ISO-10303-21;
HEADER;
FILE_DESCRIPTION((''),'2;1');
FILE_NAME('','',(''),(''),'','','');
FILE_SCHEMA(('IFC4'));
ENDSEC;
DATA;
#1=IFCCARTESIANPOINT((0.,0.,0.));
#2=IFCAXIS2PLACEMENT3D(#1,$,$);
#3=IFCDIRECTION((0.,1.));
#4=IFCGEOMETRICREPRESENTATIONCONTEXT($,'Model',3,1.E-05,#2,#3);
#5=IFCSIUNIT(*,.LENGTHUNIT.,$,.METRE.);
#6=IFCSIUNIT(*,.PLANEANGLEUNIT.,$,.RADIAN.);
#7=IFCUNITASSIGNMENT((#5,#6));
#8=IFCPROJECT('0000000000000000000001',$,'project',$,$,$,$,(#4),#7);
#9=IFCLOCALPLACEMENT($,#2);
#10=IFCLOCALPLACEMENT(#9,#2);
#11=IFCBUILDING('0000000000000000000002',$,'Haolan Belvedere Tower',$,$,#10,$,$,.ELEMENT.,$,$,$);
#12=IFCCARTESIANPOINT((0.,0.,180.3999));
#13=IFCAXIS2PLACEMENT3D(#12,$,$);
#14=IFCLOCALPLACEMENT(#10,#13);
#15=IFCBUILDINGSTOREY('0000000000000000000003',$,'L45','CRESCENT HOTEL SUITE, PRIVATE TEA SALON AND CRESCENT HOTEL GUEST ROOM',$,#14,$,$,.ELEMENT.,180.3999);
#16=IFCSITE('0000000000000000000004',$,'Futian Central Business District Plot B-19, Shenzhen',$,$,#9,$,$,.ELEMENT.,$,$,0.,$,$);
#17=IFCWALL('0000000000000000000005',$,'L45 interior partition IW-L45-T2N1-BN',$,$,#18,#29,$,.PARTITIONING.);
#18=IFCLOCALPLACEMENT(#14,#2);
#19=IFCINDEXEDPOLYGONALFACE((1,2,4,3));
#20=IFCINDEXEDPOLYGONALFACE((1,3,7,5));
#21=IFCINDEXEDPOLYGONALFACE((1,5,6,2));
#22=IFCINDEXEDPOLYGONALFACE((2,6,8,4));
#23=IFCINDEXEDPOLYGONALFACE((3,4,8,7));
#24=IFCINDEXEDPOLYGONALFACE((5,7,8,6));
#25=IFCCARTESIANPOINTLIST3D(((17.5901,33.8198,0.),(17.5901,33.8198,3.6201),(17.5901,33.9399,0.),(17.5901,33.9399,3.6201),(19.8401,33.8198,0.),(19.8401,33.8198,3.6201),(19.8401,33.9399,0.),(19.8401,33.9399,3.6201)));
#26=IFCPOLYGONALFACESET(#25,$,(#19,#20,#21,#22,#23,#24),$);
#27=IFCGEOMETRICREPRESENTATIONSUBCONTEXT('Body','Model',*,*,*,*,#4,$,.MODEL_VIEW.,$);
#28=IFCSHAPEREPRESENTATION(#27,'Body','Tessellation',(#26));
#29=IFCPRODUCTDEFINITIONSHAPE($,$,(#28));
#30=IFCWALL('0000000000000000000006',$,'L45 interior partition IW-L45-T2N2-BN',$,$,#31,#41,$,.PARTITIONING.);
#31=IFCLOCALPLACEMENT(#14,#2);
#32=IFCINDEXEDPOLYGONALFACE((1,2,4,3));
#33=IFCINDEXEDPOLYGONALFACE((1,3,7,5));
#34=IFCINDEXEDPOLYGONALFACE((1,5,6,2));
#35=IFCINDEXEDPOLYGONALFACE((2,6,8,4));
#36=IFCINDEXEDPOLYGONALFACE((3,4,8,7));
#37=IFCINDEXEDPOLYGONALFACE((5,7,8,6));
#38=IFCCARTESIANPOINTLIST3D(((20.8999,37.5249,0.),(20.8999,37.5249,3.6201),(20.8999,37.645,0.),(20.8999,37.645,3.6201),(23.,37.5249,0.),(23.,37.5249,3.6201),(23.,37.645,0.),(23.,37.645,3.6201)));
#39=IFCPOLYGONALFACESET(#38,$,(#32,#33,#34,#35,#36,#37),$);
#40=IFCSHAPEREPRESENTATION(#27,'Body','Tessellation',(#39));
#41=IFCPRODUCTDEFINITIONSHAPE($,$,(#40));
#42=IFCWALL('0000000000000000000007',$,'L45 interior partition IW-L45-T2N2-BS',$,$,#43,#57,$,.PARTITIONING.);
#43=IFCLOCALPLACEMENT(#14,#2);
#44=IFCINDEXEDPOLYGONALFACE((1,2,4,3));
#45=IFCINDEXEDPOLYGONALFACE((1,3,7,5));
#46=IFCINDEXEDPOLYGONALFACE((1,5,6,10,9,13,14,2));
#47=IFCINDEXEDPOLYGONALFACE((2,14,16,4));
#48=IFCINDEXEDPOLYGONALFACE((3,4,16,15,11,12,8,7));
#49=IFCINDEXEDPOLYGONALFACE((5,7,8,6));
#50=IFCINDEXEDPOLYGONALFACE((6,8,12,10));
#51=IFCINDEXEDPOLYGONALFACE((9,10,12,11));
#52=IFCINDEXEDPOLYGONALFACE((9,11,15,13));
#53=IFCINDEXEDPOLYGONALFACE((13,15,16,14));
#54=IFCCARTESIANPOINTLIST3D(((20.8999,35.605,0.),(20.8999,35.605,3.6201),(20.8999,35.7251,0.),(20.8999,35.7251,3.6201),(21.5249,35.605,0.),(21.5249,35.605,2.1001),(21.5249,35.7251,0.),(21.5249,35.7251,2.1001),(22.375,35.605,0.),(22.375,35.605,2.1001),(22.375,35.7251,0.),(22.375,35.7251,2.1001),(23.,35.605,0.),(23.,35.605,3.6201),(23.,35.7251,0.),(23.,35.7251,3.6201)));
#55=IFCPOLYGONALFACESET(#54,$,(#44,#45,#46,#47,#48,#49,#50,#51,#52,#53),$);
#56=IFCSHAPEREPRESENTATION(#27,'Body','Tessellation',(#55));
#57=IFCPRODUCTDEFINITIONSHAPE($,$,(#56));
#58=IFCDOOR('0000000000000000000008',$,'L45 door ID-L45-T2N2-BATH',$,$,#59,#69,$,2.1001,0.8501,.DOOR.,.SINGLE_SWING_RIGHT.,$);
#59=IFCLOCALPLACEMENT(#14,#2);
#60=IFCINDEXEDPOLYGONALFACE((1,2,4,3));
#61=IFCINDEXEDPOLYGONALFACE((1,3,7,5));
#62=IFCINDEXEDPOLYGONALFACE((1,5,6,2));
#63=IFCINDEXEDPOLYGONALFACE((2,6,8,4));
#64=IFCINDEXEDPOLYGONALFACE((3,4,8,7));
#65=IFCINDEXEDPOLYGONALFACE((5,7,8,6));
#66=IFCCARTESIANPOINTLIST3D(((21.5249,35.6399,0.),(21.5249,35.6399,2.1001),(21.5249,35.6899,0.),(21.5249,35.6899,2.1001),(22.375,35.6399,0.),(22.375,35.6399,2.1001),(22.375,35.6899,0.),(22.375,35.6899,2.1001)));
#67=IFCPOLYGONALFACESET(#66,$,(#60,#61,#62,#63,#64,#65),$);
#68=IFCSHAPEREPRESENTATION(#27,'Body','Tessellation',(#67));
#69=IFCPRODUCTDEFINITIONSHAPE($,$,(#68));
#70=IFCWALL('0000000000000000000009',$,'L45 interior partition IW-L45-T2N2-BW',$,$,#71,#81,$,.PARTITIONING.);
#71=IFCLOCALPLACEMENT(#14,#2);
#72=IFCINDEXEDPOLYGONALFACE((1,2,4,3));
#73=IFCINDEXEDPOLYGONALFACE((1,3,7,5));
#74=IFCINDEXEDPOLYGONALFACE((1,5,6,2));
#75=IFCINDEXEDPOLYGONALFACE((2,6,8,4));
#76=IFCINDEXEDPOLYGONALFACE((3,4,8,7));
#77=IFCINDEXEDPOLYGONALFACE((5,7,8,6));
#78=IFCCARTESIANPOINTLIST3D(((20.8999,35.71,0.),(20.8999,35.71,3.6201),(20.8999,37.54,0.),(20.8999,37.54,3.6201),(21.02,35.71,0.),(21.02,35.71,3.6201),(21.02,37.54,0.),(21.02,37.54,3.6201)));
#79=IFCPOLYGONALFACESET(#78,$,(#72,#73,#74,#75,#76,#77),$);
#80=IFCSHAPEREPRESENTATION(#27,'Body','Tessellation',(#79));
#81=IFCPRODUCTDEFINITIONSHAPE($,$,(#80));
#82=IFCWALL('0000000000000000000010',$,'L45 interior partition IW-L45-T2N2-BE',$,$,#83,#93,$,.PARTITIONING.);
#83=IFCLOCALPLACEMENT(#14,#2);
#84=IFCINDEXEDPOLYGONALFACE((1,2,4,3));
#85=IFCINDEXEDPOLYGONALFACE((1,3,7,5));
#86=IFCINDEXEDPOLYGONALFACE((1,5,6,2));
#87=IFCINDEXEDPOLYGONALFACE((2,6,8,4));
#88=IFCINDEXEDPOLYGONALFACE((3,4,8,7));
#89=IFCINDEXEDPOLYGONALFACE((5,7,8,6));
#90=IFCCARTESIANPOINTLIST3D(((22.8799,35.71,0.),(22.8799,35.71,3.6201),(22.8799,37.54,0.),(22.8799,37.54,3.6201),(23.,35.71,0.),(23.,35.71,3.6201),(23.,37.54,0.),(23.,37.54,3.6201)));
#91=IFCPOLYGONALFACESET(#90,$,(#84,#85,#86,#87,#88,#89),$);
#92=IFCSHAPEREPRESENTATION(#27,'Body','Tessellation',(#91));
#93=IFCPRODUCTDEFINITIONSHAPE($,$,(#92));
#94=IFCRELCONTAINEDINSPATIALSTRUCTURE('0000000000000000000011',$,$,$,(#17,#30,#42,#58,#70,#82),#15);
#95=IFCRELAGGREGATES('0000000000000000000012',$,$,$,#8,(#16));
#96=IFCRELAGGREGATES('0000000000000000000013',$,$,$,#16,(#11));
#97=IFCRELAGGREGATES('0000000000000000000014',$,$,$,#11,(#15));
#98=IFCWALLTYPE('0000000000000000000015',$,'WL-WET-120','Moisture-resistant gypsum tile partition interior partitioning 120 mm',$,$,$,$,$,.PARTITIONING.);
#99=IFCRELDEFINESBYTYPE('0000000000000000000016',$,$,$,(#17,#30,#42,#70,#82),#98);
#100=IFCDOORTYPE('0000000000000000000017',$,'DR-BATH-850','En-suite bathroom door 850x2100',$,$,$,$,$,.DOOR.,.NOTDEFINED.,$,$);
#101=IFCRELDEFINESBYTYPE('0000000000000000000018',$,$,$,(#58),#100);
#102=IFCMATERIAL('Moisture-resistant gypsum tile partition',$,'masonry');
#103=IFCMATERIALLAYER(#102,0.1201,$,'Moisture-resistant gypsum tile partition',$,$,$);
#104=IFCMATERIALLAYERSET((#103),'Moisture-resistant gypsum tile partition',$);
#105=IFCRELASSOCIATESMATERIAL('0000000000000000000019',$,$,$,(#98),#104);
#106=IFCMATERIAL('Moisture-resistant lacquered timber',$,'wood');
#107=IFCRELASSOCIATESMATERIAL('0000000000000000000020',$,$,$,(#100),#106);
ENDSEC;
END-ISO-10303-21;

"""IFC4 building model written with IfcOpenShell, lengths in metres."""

from ifc_helpers import new_model, si_unit, direction, frame, frame_2d, origin, place, context, subcontext, project, spatial, rectangle, extrude, material, layer, layer_set, type_object, element, fill, save


model = new_model("IFC4")

# Units and contexts
model_context = context("Model", 3, precision=1e-05, world=origin(), true_north=direction((0.0, 1.0)))
body_context = subcontext(model_context, "Body", "Model", "MODEL_VIEW")
ifc_project = project(units=[si_unit("LENGTHUNIT", "METRE"), si_unit("PLANEANGLEUNIT", "RADIAN")], contexts=[model_context])

# Site, building, storey
site_placement = place(None, origin())
site = spatial("IfcSite", under=ifc_project, at=site_placement, Name="Futian Central Business District Plot B-19, Shenzhen", CompositionType="ELEMENT", RefElevation=0.0)
building_placement = place(site_placement, origin())
building = spatial("IfcBuilding", under=site, at=building_placement, Name="Haolan Belvedere Tower", CompositionType="ELEMENT")
storey_placement = place(building_placement, frame((0.0, 0.0, 180.3999)))
storey = spatial("IfcBuildingStorey", under=building, at=storey_placement, Name="L45", Description="CRESCENT HOTEL SUITE, PRIVATE TEA SALON AND CRESCENT HOTEL GUEST ROOM", CompositionType="ELEMENT", Elevation=180.3999)

# Walls
ifc_material_1 = material(Name="Moisture-resistant gypsum tile partition", Category="masonry")
ifc_layer_1 = layer(ifc_material_1, 0.1201, Name="Moisture-resistant gypsum tile partition")
ifc_layer_set_1 = layer_set([ifc_layer_1], Name="Moisture-resistant gypsum tile partition")
wall_type_1 = type_object("IfcWallType", Name="WL-WET-120", Description="Moisture-resistant gypsum tile partition interior partitioning 120 mm", PredefinedType="PARTITIONING", material=ifc_layer_set_1)
wall_1_placement = place(storey_placement, frame((17.5901, 33.8799, 0.0), z_axis=(0.0, 0.0, 1.0), x_axis=(1.0, 0.0, 0.0)))
element("IfcWall", 1, at=wall_1_placement, inside=storey, type_object=wall_type_1, Name="L45 interior partition IW-L45-T2N1-BN", PredefinedType="PARTITIONING", context=body_context, shape_type="SweptSolid", body=[
    extrude(rectangle(XDim=2.25, YDim=0.1201, at=frame_2d((1.125, 0.0))), origin(), (0.0, 0.0, 1.0), 3.6201),
])
wall_2_placement = place(storey_placement, frame((20.8999, 37.585, 0.0), z_axis=(0.0, 0.0, 1.0), x_axis=(1.0, 0.0, 0.0)))
element("IfcWall", 2, at=wall_2_placement, inside=storey, type_object=wall_type_1, Name="L45 interior partition IW-L45-T2N2-BN", PredefinedType="PARTITIONING", context=body_context, shape_type="SweptSolid", body=[
    extrude(rectangle(XDim=2.1001, YDim=0.1201, at=frame_2d((1.05, 0.0))), origin(), (0.0, 0.0, 1.0), 3.6201),
])

# Wall, opening, door
wall_3_placement = place(storey_placement, frame((20.8999, 35.665, 0.0), z_axis=(0.0, 0.0, 1.0), x_axis=(1.0, 0.0, 0.0)))
wall_3 = element("IfcWall", 3, at=wall_3_placement, inside=storey, type_object=wall_type_1, Name="L45 interior partition IW-L45-T2N2-BS", PredefinedType="PARTITIONING", context=body_context, shape_type="SweptSolid", body=[
    extrude(rectangle(XDim=2.1001, YDim=0.1201, at=frame_2d((1.05, 0.0))), origin(), (0.0, 0.0, 1.0), 3.6201),
])
opening_1_placement = place(wall_3_placement, frame((0.625, 0.0, 0.0)))
opening_1 = element("IfcOpeningElement", 4, at=opening_1_placement, cuts=wall_3, PredefinedType="OPENING", context=body_context, shape_type="SweptSolid", body=[
    extrude(rectangle(XDim=0.8501, YDim=2.1001, at=frame_2d((0.425, 1.05))), frame((0.0, 0.0701, 0.0), z_axis=(0.0, -1.0, 0.0), x_axis=(1.0, 0.0, 0.0)), (0.0, 0.0, 1.0), 0.1401),
])
ifc_material_2 = material(Name="Moisture-resistant lacquered timber", Category="wood")
door_type = type_object("IfcDoorType", Name="DR-BATH-850", Description="En-suite bathroom door 850x2100", OperationType="NOTDEFINED", PredefinedType="DOOR", material=ifc_material_2)
door_placement = place(opening_1_placement, origin())
door = element("IfcDoor", 5, at=door_placement, inside=storey, type_object=door_type, Name="L45 door ID-L45-T2N2-BATH", OperationType="SINGLE_SWING_RIGHT", OverallHeight=2.1001, OverallWidth=0.8501, PredefinedType="DOOR", context=body_context, shape_type="SweptSolid", body=[
    extrude(rectangle(XDim=0.8501, YDim=2.1001, at=frame_2d((0.425, 1.05))), frame((0.0, 0.0249, 0.0), z_axis=(0.0, -1.0, 0.0), x_axis=(1.0, 0.0, 0.0)), (0.0, 0.0, 1.0), 0.05),
])
fill(opening_1, door)

# Walls
for number, where, z_axis, x_axis, name in (
    (6, (20.96, 35.71, 0.0), (0.0, 0.0, 1.0), (0.0, 1.0, 0.0), "L45 interior partition IW-L45-T2N2-BW"),
    (7, (22.9399, 35.71, 0.0), (0.0, 0.0, 1.0), (0.0, 1.0, 0.0), "L45 interior partition IW-L45-T2N2-BE"),
):
    element("IfcWall", number, at=place(storey_placement, frame(where, z_axis=z_axis, x_axis=x_axis)), inside=storey, type_object=wall_type_1, Name=name, PredefinedType="PARTITIONING", context=body_context, shape_type="SweptSolid", body=[
        extrude(rectangle(XDim=1.8301, YDim=0.1201, at=frame_2d((0.915, 0.0))), origin(), (0.0, 0.0, 1.0), 3.6201),
    ])

save(model, "model.ifc")
